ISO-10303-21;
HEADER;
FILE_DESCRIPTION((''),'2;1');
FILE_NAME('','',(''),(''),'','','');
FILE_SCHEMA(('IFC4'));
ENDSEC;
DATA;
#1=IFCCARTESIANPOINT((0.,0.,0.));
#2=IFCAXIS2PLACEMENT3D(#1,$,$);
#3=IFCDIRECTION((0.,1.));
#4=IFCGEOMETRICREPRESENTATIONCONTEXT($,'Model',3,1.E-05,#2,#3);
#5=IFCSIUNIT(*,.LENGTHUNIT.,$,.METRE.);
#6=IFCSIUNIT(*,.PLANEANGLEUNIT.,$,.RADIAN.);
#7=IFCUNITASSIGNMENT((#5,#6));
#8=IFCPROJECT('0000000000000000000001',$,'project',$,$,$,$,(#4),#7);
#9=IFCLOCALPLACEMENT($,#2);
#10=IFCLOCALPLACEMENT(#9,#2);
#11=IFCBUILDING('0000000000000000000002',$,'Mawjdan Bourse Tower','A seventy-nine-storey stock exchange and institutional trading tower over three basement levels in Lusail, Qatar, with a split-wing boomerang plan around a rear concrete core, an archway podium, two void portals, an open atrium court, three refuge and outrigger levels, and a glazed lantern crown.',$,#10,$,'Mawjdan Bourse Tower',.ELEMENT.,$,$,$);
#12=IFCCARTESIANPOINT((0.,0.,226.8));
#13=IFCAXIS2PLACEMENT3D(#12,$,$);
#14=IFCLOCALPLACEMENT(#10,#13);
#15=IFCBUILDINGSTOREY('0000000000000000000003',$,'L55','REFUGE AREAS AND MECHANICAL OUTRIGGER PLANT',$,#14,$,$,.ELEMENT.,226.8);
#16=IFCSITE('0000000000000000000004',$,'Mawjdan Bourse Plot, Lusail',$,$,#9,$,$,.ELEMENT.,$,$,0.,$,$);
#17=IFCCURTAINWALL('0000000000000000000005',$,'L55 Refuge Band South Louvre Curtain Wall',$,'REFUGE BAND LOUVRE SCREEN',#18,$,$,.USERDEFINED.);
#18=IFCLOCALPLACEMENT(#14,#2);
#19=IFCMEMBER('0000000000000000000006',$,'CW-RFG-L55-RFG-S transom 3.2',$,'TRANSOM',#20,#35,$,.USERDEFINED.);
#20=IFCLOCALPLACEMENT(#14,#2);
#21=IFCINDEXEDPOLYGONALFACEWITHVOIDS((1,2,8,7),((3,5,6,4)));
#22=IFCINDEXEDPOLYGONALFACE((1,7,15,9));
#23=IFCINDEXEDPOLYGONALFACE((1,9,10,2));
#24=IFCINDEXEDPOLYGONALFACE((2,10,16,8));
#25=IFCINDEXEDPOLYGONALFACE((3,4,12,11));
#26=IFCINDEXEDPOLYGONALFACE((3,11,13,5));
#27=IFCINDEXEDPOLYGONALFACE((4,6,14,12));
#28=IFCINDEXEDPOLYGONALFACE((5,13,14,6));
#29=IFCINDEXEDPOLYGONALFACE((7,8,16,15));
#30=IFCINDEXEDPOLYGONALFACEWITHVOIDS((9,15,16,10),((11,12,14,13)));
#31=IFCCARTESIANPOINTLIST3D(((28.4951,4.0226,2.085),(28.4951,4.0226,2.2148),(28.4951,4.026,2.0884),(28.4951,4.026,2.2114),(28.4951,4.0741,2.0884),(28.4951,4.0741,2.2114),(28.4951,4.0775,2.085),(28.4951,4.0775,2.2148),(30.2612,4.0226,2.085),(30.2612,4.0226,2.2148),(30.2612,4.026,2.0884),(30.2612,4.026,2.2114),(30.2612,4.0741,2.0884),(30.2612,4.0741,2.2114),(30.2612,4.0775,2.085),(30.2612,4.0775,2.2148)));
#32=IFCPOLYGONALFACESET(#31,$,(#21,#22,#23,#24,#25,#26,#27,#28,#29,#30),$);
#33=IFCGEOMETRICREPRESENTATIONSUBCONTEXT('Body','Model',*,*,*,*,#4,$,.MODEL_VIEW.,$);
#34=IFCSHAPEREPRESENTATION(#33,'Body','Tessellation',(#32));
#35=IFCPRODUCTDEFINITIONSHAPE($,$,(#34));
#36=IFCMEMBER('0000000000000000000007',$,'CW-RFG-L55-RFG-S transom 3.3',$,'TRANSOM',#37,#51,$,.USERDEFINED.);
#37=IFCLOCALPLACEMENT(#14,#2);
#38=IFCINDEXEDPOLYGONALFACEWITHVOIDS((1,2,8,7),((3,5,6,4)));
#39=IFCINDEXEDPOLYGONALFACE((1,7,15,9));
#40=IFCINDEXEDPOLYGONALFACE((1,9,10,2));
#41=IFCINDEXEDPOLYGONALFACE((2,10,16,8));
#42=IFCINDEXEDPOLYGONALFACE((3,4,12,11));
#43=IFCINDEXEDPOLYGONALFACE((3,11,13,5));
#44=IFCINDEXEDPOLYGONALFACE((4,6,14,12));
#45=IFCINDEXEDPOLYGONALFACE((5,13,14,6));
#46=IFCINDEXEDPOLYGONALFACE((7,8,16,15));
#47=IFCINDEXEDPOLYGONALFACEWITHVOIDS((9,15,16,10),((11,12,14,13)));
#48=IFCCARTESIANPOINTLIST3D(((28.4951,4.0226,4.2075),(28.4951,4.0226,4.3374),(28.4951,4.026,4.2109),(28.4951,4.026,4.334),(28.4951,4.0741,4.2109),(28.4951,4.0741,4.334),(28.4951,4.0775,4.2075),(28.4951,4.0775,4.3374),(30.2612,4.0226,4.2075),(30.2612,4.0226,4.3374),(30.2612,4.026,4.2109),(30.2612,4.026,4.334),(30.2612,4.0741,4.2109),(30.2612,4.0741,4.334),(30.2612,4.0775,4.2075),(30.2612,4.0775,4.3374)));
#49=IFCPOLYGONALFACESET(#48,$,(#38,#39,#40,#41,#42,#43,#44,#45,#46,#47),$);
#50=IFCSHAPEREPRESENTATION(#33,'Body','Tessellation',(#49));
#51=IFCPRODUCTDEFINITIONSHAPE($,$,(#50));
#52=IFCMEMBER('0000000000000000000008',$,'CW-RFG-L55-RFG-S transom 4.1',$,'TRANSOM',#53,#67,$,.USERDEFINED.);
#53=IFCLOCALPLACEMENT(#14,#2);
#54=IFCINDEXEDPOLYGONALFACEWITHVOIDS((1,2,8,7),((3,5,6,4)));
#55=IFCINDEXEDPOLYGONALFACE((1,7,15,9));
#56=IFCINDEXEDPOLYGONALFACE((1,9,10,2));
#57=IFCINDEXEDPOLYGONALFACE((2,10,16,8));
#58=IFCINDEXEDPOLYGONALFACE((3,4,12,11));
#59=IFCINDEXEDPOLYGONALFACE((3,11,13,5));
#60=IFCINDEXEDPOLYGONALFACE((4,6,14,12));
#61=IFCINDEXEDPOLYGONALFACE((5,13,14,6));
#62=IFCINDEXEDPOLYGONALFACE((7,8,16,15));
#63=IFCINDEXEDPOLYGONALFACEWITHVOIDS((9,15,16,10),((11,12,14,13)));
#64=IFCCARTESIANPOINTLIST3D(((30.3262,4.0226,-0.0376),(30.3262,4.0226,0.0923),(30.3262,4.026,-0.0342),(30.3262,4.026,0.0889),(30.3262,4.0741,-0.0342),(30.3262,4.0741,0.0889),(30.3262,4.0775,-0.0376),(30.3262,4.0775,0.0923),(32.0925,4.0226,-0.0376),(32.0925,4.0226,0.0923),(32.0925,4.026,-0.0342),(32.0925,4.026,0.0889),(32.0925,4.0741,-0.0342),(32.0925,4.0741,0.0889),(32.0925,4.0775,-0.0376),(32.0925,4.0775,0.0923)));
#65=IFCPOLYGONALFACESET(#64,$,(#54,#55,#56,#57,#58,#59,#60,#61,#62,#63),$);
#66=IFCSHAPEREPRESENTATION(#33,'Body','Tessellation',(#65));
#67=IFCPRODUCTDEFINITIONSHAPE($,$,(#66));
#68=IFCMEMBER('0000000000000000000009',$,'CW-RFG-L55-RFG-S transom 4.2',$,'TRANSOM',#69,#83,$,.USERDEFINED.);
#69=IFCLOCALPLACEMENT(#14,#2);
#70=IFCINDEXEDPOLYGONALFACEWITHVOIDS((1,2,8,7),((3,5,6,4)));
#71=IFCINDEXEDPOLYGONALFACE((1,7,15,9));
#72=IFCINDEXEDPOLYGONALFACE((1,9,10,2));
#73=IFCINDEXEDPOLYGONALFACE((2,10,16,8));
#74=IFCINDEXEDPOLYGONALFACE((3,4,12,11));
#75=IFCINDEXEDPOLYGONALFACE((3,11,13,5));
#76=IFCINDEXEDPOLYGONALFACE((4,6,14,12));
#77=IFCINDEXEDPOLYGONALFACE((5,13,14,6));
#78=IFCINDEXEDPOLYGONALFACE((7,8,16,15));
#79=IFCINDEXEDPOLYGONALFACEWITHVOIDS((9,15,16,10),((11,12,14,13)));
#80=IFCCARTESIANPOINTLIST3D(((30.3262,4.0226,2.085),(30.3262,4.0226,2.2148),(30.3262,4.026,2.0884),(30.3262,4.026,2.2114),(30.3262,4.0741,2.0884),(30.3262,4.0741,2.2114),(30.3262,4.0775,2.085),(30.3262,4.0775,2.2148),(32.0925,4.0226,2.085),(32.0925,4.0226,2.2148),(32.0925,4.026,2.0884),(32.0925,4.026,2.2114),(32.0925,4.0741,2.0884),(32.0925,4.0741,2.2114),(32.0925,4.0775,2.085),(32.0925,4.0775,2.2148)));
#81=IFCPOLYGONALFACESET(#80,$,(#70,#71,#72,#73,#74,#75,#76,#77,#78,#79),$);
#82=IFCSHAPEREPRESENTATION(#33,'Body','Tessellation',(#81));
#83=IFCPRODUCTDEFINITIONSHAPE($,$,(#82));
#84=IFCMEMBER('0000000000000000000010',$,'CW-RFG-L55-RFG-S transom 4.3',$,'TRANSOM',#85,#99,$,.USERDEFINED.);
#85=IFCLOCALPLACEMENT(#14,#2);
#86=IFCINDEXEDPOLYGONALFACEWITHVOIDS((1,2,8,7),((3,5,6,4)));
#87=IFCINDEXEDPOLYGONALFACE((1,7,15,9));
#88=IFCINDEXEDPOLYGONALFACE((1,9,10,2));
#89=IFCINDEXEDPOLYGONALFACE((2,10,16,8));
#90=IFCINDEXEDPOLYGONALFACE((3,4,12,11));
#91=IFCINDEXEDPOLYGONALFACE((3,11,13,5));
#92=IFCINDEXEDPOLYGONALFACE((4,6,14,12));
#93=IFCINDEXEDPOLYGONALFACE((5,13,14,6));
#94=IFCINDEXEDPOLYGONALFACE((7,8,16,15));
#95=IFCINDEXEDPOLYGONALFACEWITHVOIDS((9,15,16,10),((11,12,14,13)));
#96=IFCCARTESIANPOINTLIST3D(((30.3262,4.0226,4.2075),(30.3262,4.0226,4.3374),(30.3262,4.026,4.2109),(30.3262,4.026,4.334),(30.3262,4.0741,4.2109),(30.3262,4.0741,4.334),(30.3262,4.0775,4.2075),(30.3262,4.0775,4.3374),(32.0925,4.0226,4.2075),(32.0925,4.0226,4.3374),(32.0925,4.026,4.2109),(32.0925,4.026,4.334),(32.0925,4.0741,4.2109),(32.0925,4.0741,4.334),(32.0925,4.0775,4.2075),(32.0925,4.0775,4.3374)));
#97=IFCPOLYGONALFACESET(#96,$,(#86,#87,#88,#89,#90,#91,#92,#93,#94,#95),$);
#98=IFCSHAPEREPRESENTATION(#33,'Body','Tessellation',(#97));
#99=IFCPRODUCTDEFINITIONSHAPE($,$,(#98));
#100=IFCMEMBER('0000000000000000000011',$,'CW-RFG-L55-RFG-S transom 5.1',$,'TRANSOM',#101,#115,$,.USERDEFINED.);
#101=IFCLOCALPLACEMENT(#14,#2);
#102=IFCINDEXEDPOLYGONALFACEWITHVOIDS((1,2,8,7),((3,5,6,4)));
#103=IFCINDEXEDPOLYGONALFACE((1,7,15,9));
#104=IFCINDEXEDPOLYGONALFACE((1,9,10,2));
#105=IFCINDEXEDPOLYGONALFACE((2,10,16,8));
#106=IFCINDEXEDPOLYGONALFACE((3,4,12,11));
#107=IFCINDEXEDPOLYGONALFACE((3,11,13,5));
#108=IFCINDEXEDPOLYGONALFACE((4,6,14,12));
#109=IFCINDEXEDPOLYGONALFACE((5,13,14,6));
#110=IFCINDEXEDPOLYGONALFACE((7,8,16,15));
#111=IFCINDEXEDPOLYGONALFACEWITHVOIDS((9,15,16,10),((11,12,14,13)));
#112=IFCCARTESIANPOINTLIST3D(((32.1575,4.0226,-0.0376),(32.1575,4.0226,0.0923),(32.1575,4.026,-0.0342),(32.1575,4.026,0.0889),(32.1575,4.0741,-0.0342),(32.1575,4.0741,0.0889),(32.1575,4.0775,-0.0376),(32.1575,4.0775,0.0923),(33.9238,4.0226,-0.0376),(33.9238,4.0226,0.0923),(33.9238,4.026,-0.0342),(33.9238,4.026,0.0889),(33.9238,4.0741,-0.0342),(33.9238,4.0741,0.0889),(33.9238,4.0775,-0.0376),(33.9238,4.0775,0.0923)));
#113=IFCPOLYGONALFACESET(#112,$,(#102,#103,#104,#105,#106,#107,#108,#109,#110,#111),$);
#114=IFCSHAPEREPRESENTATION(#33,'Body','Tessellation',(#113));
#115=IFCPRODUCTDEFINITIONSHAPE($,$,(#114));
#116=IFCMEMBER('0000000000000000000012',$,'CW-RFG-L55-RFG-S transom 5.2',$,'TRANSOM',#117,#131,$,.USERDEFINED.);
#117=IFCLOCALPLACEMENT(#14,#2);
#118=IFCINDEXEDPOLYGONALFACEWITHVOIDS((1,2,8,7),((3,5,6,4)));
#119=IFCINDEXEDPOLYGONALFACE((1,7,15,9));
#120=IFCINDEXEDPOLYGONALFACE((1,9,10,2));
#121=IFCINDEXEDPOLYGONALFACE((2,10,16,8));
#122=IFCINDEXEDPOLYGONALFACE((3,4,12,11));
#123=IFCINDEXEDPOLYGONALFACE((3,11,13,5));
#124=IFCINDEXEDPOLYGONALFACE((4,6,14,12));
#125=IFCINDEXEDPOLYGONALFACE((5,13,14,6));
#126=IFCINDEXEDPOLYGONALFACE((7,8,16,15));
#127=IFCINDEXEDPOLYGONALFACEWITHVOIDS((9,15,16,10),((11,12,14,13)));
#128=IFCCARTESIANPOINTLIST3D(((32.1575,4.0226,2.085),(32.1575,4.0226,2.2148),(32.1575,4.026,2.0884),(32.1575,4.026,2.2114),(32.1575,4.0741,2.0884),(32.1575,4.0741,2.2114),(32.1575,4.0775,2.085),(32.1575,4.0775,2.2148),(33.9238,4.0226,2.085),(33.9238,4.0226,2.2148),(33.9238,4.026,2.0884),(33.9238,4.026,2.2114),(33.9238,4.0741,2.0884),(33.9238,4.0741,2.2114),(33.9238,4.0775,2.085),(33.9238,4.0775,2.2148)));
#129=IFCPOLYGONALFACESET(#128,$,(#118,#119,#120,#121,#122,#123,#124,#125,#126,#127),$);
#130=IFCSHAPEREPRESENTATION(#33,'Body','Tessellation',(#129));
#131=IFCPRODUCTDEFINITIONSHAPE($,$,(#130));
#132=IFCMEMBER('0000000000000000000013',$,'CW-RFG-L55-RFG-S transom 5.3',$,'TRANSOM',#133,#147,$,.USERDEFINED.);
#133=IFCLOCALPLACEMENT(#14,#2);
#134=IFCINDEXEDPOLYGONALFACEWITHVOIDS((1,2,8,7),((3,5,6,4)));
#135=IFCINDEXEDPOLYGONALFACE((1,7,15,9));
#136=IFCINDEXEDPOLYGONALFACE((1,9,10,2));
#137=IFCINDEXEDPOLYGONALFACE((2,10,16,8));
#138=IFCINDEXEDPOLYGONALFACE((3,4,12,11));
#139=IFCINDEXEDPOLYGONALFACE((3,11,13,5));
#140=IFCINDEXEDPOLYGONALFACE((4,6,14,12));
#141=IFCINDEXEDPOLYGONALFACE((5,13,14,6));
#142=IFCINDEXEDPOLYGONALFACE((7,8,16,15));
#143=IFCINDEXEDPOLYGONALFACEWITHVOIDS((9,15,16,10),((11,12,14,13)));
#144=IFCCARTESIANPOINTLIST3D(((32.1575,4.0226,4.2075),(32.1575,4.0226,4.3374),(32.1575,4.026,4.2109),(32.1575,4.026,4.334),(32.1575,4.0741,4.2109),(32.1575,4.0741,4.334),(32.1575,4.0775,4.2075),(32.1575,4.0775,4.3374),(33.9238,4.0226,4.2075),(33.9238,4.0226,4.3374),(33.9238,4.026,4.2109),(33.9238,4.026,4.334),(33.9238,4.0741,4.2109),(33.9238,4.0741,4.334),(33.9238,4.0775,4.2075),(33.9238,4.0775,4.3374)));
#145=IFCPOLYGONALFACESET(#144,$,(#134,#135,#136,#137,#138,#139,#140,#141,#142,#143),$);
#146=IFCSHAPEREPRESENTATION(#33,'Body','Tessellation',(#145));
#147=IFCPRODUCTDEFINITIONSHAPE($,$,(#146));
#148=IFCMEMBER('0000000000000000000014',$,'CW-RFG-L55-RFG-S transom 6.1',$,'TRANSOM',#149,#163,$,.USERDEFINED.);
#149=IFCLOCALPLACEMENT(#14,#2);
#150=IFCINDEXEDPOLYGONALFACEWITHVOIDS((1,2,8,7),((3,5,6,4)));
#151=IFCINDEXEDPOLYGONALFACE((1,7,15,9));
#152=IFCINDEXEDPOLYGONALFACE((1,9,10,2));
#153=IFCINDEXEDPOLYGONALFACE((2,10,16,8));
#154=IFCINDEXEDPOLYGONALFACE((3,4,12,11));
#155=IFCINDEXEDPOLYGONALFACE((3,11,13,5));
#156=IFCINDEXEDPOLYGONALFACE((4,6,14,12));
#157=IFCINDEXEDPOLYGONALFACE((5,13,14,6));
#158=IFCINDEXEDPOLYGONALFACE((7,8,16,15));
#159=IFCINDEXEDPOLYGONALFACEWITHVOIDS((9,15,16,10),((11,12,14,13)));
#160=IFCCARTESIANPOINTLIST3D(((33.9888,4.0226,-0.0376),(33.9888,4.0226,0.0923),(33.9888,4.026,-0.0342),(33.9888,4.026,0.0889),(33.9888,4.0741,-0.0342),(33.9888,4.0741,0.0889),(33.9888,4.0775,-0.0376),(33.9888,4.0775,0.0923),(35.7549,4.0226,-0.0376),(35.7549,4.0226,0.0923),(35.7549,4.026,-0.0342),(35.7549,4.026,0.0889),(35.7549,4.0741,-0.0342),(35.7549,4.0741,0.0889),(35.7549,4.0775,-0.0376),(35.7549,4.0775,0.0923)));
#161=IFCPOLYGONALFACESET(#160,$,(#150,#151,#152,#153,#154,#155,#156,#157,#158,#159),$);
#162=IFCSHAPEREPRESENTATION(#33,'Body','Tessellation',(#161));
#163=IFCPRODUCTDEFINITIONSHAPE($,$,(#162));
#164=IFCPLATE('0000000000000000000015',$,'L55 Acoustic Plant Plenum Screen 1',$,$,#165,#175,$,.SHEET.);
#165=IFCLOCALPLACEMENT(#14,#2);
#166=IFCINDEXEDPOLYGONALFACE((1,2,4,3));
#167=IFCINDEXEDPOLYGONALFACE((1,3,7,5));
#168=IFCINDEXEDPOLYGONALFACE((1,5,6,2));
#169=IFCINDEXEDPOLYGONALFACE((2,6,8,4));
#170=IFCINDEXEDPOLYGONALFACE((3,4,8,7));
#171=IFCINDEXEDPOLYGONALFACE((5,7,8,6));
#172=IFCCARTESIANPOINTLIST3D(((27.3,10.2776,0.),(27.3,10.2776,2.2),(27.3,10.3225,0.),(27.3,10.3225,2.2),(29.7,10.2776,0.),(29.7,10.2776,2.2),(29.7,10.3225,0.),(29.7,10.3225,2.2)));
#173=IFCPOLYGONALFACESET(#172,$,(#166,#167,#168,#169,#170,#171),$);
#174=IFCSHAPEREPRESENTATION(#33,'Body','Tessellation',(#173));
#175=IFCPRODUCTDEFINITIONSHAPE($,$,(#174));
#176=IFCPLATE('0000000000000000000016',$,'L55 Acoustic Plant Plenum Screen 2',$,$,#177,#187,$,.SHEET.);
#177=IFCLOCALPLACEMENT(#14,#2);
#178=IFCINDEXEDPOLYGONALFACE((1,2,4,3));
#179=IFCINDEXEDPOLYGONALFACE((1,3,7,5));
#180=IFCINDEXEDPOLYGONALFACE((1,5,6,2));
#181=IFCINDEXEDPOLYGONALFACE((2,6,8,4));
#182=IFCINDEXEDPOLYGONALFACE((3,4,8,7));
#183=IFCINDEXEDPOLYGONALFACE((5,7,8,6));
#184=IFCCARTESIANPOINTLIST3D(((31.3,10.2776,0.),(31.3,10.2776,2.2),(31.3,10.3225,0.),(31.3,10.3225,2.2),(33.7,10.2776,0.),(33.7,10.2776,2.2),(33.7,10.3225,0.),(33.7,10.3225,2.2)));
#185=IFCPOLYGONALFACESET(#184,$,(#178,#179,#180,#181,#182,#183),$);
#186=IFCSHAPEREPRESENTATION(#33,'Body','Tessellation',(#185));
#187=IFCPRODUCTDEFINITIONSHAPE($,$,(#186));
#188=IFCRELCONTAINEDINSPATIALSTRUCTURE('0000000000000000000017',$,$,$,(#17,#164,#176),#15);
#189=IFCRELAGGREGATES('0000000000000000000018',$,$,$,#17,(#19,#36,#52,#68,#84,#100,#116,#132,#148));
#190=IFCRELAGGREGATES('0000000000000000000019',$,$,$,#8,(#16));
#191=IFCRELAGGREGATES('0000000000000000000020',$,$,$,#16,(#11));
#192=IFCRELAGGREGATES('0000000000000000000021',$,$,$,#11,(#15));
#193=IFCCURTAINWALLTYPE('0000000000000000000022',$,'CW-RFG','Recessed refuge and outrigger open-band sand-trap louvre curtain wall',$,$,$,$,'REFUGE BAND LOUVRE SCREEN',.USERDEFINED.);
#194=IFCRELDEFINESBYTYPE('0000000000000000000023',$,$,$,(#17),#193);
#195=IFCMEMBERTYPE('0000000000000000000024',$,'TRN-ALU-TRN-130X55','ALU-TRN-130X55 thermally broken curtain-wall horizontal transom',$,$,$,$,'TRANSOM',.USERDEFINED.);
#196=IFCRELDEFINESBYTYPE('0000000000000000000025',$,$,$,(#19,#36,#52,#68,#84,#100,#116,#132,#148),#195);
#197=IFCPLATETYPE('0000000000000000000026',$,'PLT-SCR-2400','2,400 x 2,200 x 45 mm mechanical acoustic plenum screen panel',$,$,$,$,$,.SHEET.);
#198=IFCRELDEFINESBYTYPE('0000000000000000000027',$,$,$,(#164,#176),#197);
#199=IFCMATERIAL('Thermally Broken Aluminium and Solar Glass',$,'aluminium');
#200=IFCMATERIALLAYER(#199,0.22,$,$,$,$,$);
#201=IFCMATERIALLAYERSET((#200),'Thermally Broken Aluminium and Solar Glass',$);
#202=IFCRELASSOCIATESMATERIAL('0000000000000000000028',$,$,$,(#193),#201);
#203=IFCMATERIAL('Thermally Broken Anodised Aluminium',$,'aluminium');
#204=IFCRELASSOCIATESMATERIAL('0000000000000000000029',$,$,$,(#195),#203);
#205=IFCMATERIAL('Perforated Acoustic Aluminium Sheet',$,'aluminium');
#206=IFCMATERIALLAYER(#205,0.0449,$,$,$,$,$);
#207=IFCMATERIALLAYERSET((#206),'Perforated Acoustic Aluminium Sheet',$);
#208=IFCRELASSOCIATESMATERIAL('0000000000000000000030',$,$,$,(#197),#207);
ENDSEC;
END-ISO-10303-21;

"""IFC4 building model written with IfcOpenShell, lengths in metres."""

from ifc_helpers import new_model, si_unit, direction, frame, origin, origin_2d, place, context, subcontext, project, spatial, rectangle, hollow_rectangle, extrude, material, layer, layer_set, material_profile, profile_set, type_object, element, aggregate, save


model = new_model("IFC4")

# Units and contexts
model_context = context("Model", 3, precision=1e-05, world=origin(), true_north=direction((0.0, 1.0)))
body_context = subcontext(model_context, "Body", "Model", "MODEL_VIEW")
ifc_project = project(units=[si_unit("LENGTHUNIT", "METRE"), si_unit("PLANEANGLEUNIT", "RADIAN")], contexts=[model_context])

# Site, building, storey
site_placement = place(None, origin())
site = spatial("IfcSite", under=ifc_project, at=site_placement, Name="Mawjdan Bourse Plot, Lusail", CompositionType="ELEMENT", RefElevation=0.0)
building_placement = place(site_placement, origin())
building = spatial("IfcBuilding", under=site, at=building_placement, Name="Mawjdan Bourse Tower", Description="A seventy-nine-storey stock exchange and institutional trading tower over three basement levels in Lusail, Qatar, with a split-wing boomerang plan around a rear concrete core, an archway podium, two void portals, an open atrium court, three refuge and outrigger levels, and a glazed lantern crown.", LongName="Mawjdan Bourse Tower", CompositionType="ELEMENT")
storey_placement = place(building_placement, frame((0.0, 0.0, 226.8)))
storey = spatial("IfcBuildingStorey", under=building, at=storey_placement, Name="L55", Description="REFUGE AREAS AND MECHANICAL OUTRIGGER PLANT", CompositionType="ELEMENT", Elevation=226.8)

# Curtain wall
ifc_material_1 = material(Name="Thermally Broken Aluminium and Solar Glass", Category="aluminium")
ifc_layer_1 = layer(ifc_material_1, 0.22)
ifc_layer_set_1 = layer_set([ifc_layer_1], Name="Thermally Broken Aluminium and Solar Glass")
curtain_wall_type = type_object("IfcCurtainWallType", Name="CW-RFG", Description="Recessed refuge and outrigger open-band sand-trap louvre curtain wall", ElementType="REFUGE BAND LOUVRE SCREEN", PredefinedType="USERDEFINED", material=ifc_layer_set_1)
curtain_wall_placement = place(storey_placement, origin())
curtain_wall = element("IfcCurtainWall", 1, at=curtain_wall_placement, inside=storey, type_object=curtain_wall_type, Name="L55 Refuge Band South Louvre Curtain Wall", ObjectType="REFUGE BAND LOUVRE SCREEN", PredefinedType="USERDEFINED")
ifc_material_2 = material(Name="Thermally Broken Anodised Aluminium", Category="aluminium")

# Members
ifc_material_profile_1 = material_profile(ifc_material_2, hollow_rectangle(XDim=0.0549, YDim=0.1299, WallThickness=0.0034, at=origin_2d()), Name="ALU-TRN-130X55")
ifc_profile_set_1 = profile_set([ifc_material_profile_1], Name="Thermally Broken Anodised Aluminium")
member_type_1 = type_object("IfcMemberType", Name="TRN-ALU-TRN-130X55", Description="ALU-TRN-130X55 thermally broken curtain-wall horizontal transom", ElementType="TRANSOM", PredefinedType="USERDEFINED", material=ifc_profile_set_1)
member_1_placement = place(storey_placement, frame((28.4951, 4.05, 2.1499), z_axis=(1.0, 0.0, 0.0), x_axis=(0.0, 1.0, 0.0)))
member_1 = element("IfcMember", 2, at=member_1_placement, type_object=member_type_1, Name="CW-RFG-L55-RFG-S transom 3.2", ObjectType="TRANSOM", PredefinedType="USERDEFINED", context=body_context, shape_type="SweptSolid", body=[
    extrude(hollow_rectangle(XDim=0.0549, YDim=0.1299, WallThickness=0.0034, at=origin_2d()), origin(), (0.0, 0.0, 1.0), 1.7661),
])
member_2_placement = place(storey_placement, frame((28.4951, 4.05, 4.2725), z_axis=(1.0, 0.0, 0.0), x_axis=(0.0, 1.0, 0.0)))
member_2 = element("IfcMember", 3, at=member_2_placement, type_object=member_type_1, Name="CW-RFG-L55-RFG-S transom 3.3", ObjectType="TRANSOM", PredefinedType="USERDEFINED", context=body_context, shape_type="SweptSolid", body=[
    extrude(hollow_rectangle(XDim=0.0549, YDim=0.1299, WallThickness=0.0034, at=origin_2d()), origin(), (0.0, 0.0, 1.0), 1.7661),
])
member_3_placement = place(storey_placement, frame((30.3262, 4.05, 0.0273), z_axis=(1.0, 0.0, 0.0), x_axis=(0.0, 1.0, 0.0)))
member_3 = element("IfcMember", 4, at=member_3_placement, type_object=member_type_1, Name="CW-RFG-L55-RFG-S transom 4.1", ObjectType="TRANSOM", PredefinedType="USERDEFINED", context=body_context, shape_type="SweptSolid", body=[
    extrude(hollow_rectangle(XDim=0.0549, YDim=0.1299, WallThickness=0.0034, at=origin_2d()), origin(), (0.0, 0.0, 1.0), 1.7664),
])
member_4_placement = place(storey_placement, frame((30.3262, 4.05, 2.1499), z_axis=(1.0, 0.0, 0.0), x_axis=(0.0, 1.0, 0.0)))
member_4 = element("IfcMember", 5, at=member_4_placement, type_object=member_type_1, Name="CW-RFG-L55-RFG-S transom 4.2", ObjectType="TRANSOM", PredefinedType="USERDEFINED", context=body_context, shape_type="SweptSolid", body=[
    extrude(hollow_rectangle(XDim=0.0549, YDim=0.1299, WallThickness=0.0034, at=origin_2d()), origin(), (0.0, 0.0, 1.0), 1.7664),
])
member_5_placement = place(storey_placement, frame((30.3262, 4.05, 4.2725), z_axis=(1.0, 0.0, 0.0), x_axis=(0.0, 1.0, 0.0)))
member_5 = element("IfcMember", 6, at=member_5_placement, type_object=member_type_1, Name="CW-RFG-L55-RFG-S transom 4.3", ObjectType="TRANSOM", PredefinedType="USERDEFINED", context=body_context, shape_type="SweptSolid", body=[
    extrude(hollow_rectangle(XDim=0.0549, YDim=0.1299, WallThickness=0.0034, at=origin_2d()), origin(), (0.0, 0.0, 1.0), 1.7664),
])
member_6_placement = place(storey_placement, frame((32.1575, 4.05, 0.0273), z_axis=(1.0, 0.0, 0.0), x_axis=(0.0, 1.0, 0.0)))
member_6 = element("IfcMember", 7, at=member_6_placement, type_object=member_type_1, Name="CW-RFG-L55-RFG-S transom 5.1", ObjectType="TRANSOM", PredefinedType="USERDEFINED", context=body_context, shape_type="SweptSolid", body=[
    extrude(hollow_rectangle(XDim=0.0549, YDim=0.1299, WallThickness=0.0034, at=origin_2d()), origin(), (0.0, 0.0, 1.0), 1.7664),
])
member_7_placement = place(storey_placement, frame((32.1575, 4.05, 2.1499), z_axis=(1.0, 0.0, 0.0), x_axis=(0.0, 1.0, 0.0)))
member_7 = element("IfcMember", 8, at=member_7_placement, type_object=member_type_1, Name="CW-RFG-L55-RFG-S transom 5.2", ObjectType="TRANSOM", PredefinedType="USERDEFINED", context=body_context, shape_type="SweptSolid", body=[
    extrude(hollow_rectangle(XDim=0.0549, YDim=0.1299, WallThickness=0.0034, at=origin_2d()), origin(), (0.0, 0.0, 1.0), 1.7664),
])
member_8_placement = place(storey_placement, frame((32.1575, 4.05, 4.2725), z_axis=(1.0, 0.0, 0.0), x_axis=(0.0, 1.0, 0.0)))
member_8 = element("IfcMember", 9, at=member_8_placement, type_object=member_type_1, Name="CW-RFG-L55-RFG-S transom 5.3", ObjectType="TRANSOM", PredefinedType="USERDEFINED", context=body_context, shape_type="SweptSolid", body=[
    extrude(hollow_rectangle(XDim=0.0549, YDim=0.1299, WallThickness=0.0034, at=origin_2d()), origin(), (0.0, 0.0, 1.0), 1.7664),
])
member_9_placement = place(storey_placement, frame((33.9888, 4.05, 0.0273), z_axis=(1.0, 0.0, 0.0), x_axis=(0.0, 1.0, 0.0)))
member_9 = element("IfcMember", 10, at=member_9_placement, type_object=member_type_1, Name="CW-RFG-L55-RFG-S transom 6.1", ObjectType="TRANSOM", PredefinedType="USERDEFINED", context=body_context, shape_type="SweptSolid", body=[
    extrude(hollow_rectangle(XDim=0.0549, YDim=0.1299, WallThickness=0.0034, at=origin_2d()), origin(), (0.0, 0.0, 1.0), 1.7661),
])

# Plates
ifc_material_3 = material(Name="Perforated Acoustic Aluminium Sheet", Category="aluminium")
ifc_layer_2 = layer(ifc_material_3, 0.0449)
ifc_layer_set_2 = layer_set([ifc_layer_2], Name="Perforated Acoustic Aluminium Sheet")
plate_type_1 = type_object("IfcPlateType", Name="PLT-SCR-2400", Description="2,400 x 2,200 x 45 mm mechanical acoustic plenum screen panel", PredefinedType="SHEET", material=ifc_layer_set_2)
for number, where, z_axis, x_axis, name in (
    (11, (28.5, 10.3, 0.0), (0.0, 0.0, 1.0), (1.0, 0.0, 0.0), "L55 Acoustic Plant Plenum Screen 1"),
    (12, (32.5, 10.3, 0.0), (0.0, 0.0, 1.0), (1.0, 0.0, 0.0), "L55 Acoustic Plant Plenum Screen 2"),
):
    element("IfcPlate", number, at=place(storey_placement, frame(where, z_axis=z_axis, x_axis=x_axis)), inside=storey, type_object=plate_type_1, Name=name, PredefinedType="SHEET", context=body_context, shape_type="SweptSolid", body=[
        extrude(rectangle(XDim=2.3999, YDim=0.0449, at=origin_2d()), origin(), (0.0, 0.0, 1.0), 2.2),
    ])

aggregate(curtain_wall, [member_1, member_2, member_3, member_4, member_5, member_6, member_7, member_8, member_9])

save(model, "model.ifc")
